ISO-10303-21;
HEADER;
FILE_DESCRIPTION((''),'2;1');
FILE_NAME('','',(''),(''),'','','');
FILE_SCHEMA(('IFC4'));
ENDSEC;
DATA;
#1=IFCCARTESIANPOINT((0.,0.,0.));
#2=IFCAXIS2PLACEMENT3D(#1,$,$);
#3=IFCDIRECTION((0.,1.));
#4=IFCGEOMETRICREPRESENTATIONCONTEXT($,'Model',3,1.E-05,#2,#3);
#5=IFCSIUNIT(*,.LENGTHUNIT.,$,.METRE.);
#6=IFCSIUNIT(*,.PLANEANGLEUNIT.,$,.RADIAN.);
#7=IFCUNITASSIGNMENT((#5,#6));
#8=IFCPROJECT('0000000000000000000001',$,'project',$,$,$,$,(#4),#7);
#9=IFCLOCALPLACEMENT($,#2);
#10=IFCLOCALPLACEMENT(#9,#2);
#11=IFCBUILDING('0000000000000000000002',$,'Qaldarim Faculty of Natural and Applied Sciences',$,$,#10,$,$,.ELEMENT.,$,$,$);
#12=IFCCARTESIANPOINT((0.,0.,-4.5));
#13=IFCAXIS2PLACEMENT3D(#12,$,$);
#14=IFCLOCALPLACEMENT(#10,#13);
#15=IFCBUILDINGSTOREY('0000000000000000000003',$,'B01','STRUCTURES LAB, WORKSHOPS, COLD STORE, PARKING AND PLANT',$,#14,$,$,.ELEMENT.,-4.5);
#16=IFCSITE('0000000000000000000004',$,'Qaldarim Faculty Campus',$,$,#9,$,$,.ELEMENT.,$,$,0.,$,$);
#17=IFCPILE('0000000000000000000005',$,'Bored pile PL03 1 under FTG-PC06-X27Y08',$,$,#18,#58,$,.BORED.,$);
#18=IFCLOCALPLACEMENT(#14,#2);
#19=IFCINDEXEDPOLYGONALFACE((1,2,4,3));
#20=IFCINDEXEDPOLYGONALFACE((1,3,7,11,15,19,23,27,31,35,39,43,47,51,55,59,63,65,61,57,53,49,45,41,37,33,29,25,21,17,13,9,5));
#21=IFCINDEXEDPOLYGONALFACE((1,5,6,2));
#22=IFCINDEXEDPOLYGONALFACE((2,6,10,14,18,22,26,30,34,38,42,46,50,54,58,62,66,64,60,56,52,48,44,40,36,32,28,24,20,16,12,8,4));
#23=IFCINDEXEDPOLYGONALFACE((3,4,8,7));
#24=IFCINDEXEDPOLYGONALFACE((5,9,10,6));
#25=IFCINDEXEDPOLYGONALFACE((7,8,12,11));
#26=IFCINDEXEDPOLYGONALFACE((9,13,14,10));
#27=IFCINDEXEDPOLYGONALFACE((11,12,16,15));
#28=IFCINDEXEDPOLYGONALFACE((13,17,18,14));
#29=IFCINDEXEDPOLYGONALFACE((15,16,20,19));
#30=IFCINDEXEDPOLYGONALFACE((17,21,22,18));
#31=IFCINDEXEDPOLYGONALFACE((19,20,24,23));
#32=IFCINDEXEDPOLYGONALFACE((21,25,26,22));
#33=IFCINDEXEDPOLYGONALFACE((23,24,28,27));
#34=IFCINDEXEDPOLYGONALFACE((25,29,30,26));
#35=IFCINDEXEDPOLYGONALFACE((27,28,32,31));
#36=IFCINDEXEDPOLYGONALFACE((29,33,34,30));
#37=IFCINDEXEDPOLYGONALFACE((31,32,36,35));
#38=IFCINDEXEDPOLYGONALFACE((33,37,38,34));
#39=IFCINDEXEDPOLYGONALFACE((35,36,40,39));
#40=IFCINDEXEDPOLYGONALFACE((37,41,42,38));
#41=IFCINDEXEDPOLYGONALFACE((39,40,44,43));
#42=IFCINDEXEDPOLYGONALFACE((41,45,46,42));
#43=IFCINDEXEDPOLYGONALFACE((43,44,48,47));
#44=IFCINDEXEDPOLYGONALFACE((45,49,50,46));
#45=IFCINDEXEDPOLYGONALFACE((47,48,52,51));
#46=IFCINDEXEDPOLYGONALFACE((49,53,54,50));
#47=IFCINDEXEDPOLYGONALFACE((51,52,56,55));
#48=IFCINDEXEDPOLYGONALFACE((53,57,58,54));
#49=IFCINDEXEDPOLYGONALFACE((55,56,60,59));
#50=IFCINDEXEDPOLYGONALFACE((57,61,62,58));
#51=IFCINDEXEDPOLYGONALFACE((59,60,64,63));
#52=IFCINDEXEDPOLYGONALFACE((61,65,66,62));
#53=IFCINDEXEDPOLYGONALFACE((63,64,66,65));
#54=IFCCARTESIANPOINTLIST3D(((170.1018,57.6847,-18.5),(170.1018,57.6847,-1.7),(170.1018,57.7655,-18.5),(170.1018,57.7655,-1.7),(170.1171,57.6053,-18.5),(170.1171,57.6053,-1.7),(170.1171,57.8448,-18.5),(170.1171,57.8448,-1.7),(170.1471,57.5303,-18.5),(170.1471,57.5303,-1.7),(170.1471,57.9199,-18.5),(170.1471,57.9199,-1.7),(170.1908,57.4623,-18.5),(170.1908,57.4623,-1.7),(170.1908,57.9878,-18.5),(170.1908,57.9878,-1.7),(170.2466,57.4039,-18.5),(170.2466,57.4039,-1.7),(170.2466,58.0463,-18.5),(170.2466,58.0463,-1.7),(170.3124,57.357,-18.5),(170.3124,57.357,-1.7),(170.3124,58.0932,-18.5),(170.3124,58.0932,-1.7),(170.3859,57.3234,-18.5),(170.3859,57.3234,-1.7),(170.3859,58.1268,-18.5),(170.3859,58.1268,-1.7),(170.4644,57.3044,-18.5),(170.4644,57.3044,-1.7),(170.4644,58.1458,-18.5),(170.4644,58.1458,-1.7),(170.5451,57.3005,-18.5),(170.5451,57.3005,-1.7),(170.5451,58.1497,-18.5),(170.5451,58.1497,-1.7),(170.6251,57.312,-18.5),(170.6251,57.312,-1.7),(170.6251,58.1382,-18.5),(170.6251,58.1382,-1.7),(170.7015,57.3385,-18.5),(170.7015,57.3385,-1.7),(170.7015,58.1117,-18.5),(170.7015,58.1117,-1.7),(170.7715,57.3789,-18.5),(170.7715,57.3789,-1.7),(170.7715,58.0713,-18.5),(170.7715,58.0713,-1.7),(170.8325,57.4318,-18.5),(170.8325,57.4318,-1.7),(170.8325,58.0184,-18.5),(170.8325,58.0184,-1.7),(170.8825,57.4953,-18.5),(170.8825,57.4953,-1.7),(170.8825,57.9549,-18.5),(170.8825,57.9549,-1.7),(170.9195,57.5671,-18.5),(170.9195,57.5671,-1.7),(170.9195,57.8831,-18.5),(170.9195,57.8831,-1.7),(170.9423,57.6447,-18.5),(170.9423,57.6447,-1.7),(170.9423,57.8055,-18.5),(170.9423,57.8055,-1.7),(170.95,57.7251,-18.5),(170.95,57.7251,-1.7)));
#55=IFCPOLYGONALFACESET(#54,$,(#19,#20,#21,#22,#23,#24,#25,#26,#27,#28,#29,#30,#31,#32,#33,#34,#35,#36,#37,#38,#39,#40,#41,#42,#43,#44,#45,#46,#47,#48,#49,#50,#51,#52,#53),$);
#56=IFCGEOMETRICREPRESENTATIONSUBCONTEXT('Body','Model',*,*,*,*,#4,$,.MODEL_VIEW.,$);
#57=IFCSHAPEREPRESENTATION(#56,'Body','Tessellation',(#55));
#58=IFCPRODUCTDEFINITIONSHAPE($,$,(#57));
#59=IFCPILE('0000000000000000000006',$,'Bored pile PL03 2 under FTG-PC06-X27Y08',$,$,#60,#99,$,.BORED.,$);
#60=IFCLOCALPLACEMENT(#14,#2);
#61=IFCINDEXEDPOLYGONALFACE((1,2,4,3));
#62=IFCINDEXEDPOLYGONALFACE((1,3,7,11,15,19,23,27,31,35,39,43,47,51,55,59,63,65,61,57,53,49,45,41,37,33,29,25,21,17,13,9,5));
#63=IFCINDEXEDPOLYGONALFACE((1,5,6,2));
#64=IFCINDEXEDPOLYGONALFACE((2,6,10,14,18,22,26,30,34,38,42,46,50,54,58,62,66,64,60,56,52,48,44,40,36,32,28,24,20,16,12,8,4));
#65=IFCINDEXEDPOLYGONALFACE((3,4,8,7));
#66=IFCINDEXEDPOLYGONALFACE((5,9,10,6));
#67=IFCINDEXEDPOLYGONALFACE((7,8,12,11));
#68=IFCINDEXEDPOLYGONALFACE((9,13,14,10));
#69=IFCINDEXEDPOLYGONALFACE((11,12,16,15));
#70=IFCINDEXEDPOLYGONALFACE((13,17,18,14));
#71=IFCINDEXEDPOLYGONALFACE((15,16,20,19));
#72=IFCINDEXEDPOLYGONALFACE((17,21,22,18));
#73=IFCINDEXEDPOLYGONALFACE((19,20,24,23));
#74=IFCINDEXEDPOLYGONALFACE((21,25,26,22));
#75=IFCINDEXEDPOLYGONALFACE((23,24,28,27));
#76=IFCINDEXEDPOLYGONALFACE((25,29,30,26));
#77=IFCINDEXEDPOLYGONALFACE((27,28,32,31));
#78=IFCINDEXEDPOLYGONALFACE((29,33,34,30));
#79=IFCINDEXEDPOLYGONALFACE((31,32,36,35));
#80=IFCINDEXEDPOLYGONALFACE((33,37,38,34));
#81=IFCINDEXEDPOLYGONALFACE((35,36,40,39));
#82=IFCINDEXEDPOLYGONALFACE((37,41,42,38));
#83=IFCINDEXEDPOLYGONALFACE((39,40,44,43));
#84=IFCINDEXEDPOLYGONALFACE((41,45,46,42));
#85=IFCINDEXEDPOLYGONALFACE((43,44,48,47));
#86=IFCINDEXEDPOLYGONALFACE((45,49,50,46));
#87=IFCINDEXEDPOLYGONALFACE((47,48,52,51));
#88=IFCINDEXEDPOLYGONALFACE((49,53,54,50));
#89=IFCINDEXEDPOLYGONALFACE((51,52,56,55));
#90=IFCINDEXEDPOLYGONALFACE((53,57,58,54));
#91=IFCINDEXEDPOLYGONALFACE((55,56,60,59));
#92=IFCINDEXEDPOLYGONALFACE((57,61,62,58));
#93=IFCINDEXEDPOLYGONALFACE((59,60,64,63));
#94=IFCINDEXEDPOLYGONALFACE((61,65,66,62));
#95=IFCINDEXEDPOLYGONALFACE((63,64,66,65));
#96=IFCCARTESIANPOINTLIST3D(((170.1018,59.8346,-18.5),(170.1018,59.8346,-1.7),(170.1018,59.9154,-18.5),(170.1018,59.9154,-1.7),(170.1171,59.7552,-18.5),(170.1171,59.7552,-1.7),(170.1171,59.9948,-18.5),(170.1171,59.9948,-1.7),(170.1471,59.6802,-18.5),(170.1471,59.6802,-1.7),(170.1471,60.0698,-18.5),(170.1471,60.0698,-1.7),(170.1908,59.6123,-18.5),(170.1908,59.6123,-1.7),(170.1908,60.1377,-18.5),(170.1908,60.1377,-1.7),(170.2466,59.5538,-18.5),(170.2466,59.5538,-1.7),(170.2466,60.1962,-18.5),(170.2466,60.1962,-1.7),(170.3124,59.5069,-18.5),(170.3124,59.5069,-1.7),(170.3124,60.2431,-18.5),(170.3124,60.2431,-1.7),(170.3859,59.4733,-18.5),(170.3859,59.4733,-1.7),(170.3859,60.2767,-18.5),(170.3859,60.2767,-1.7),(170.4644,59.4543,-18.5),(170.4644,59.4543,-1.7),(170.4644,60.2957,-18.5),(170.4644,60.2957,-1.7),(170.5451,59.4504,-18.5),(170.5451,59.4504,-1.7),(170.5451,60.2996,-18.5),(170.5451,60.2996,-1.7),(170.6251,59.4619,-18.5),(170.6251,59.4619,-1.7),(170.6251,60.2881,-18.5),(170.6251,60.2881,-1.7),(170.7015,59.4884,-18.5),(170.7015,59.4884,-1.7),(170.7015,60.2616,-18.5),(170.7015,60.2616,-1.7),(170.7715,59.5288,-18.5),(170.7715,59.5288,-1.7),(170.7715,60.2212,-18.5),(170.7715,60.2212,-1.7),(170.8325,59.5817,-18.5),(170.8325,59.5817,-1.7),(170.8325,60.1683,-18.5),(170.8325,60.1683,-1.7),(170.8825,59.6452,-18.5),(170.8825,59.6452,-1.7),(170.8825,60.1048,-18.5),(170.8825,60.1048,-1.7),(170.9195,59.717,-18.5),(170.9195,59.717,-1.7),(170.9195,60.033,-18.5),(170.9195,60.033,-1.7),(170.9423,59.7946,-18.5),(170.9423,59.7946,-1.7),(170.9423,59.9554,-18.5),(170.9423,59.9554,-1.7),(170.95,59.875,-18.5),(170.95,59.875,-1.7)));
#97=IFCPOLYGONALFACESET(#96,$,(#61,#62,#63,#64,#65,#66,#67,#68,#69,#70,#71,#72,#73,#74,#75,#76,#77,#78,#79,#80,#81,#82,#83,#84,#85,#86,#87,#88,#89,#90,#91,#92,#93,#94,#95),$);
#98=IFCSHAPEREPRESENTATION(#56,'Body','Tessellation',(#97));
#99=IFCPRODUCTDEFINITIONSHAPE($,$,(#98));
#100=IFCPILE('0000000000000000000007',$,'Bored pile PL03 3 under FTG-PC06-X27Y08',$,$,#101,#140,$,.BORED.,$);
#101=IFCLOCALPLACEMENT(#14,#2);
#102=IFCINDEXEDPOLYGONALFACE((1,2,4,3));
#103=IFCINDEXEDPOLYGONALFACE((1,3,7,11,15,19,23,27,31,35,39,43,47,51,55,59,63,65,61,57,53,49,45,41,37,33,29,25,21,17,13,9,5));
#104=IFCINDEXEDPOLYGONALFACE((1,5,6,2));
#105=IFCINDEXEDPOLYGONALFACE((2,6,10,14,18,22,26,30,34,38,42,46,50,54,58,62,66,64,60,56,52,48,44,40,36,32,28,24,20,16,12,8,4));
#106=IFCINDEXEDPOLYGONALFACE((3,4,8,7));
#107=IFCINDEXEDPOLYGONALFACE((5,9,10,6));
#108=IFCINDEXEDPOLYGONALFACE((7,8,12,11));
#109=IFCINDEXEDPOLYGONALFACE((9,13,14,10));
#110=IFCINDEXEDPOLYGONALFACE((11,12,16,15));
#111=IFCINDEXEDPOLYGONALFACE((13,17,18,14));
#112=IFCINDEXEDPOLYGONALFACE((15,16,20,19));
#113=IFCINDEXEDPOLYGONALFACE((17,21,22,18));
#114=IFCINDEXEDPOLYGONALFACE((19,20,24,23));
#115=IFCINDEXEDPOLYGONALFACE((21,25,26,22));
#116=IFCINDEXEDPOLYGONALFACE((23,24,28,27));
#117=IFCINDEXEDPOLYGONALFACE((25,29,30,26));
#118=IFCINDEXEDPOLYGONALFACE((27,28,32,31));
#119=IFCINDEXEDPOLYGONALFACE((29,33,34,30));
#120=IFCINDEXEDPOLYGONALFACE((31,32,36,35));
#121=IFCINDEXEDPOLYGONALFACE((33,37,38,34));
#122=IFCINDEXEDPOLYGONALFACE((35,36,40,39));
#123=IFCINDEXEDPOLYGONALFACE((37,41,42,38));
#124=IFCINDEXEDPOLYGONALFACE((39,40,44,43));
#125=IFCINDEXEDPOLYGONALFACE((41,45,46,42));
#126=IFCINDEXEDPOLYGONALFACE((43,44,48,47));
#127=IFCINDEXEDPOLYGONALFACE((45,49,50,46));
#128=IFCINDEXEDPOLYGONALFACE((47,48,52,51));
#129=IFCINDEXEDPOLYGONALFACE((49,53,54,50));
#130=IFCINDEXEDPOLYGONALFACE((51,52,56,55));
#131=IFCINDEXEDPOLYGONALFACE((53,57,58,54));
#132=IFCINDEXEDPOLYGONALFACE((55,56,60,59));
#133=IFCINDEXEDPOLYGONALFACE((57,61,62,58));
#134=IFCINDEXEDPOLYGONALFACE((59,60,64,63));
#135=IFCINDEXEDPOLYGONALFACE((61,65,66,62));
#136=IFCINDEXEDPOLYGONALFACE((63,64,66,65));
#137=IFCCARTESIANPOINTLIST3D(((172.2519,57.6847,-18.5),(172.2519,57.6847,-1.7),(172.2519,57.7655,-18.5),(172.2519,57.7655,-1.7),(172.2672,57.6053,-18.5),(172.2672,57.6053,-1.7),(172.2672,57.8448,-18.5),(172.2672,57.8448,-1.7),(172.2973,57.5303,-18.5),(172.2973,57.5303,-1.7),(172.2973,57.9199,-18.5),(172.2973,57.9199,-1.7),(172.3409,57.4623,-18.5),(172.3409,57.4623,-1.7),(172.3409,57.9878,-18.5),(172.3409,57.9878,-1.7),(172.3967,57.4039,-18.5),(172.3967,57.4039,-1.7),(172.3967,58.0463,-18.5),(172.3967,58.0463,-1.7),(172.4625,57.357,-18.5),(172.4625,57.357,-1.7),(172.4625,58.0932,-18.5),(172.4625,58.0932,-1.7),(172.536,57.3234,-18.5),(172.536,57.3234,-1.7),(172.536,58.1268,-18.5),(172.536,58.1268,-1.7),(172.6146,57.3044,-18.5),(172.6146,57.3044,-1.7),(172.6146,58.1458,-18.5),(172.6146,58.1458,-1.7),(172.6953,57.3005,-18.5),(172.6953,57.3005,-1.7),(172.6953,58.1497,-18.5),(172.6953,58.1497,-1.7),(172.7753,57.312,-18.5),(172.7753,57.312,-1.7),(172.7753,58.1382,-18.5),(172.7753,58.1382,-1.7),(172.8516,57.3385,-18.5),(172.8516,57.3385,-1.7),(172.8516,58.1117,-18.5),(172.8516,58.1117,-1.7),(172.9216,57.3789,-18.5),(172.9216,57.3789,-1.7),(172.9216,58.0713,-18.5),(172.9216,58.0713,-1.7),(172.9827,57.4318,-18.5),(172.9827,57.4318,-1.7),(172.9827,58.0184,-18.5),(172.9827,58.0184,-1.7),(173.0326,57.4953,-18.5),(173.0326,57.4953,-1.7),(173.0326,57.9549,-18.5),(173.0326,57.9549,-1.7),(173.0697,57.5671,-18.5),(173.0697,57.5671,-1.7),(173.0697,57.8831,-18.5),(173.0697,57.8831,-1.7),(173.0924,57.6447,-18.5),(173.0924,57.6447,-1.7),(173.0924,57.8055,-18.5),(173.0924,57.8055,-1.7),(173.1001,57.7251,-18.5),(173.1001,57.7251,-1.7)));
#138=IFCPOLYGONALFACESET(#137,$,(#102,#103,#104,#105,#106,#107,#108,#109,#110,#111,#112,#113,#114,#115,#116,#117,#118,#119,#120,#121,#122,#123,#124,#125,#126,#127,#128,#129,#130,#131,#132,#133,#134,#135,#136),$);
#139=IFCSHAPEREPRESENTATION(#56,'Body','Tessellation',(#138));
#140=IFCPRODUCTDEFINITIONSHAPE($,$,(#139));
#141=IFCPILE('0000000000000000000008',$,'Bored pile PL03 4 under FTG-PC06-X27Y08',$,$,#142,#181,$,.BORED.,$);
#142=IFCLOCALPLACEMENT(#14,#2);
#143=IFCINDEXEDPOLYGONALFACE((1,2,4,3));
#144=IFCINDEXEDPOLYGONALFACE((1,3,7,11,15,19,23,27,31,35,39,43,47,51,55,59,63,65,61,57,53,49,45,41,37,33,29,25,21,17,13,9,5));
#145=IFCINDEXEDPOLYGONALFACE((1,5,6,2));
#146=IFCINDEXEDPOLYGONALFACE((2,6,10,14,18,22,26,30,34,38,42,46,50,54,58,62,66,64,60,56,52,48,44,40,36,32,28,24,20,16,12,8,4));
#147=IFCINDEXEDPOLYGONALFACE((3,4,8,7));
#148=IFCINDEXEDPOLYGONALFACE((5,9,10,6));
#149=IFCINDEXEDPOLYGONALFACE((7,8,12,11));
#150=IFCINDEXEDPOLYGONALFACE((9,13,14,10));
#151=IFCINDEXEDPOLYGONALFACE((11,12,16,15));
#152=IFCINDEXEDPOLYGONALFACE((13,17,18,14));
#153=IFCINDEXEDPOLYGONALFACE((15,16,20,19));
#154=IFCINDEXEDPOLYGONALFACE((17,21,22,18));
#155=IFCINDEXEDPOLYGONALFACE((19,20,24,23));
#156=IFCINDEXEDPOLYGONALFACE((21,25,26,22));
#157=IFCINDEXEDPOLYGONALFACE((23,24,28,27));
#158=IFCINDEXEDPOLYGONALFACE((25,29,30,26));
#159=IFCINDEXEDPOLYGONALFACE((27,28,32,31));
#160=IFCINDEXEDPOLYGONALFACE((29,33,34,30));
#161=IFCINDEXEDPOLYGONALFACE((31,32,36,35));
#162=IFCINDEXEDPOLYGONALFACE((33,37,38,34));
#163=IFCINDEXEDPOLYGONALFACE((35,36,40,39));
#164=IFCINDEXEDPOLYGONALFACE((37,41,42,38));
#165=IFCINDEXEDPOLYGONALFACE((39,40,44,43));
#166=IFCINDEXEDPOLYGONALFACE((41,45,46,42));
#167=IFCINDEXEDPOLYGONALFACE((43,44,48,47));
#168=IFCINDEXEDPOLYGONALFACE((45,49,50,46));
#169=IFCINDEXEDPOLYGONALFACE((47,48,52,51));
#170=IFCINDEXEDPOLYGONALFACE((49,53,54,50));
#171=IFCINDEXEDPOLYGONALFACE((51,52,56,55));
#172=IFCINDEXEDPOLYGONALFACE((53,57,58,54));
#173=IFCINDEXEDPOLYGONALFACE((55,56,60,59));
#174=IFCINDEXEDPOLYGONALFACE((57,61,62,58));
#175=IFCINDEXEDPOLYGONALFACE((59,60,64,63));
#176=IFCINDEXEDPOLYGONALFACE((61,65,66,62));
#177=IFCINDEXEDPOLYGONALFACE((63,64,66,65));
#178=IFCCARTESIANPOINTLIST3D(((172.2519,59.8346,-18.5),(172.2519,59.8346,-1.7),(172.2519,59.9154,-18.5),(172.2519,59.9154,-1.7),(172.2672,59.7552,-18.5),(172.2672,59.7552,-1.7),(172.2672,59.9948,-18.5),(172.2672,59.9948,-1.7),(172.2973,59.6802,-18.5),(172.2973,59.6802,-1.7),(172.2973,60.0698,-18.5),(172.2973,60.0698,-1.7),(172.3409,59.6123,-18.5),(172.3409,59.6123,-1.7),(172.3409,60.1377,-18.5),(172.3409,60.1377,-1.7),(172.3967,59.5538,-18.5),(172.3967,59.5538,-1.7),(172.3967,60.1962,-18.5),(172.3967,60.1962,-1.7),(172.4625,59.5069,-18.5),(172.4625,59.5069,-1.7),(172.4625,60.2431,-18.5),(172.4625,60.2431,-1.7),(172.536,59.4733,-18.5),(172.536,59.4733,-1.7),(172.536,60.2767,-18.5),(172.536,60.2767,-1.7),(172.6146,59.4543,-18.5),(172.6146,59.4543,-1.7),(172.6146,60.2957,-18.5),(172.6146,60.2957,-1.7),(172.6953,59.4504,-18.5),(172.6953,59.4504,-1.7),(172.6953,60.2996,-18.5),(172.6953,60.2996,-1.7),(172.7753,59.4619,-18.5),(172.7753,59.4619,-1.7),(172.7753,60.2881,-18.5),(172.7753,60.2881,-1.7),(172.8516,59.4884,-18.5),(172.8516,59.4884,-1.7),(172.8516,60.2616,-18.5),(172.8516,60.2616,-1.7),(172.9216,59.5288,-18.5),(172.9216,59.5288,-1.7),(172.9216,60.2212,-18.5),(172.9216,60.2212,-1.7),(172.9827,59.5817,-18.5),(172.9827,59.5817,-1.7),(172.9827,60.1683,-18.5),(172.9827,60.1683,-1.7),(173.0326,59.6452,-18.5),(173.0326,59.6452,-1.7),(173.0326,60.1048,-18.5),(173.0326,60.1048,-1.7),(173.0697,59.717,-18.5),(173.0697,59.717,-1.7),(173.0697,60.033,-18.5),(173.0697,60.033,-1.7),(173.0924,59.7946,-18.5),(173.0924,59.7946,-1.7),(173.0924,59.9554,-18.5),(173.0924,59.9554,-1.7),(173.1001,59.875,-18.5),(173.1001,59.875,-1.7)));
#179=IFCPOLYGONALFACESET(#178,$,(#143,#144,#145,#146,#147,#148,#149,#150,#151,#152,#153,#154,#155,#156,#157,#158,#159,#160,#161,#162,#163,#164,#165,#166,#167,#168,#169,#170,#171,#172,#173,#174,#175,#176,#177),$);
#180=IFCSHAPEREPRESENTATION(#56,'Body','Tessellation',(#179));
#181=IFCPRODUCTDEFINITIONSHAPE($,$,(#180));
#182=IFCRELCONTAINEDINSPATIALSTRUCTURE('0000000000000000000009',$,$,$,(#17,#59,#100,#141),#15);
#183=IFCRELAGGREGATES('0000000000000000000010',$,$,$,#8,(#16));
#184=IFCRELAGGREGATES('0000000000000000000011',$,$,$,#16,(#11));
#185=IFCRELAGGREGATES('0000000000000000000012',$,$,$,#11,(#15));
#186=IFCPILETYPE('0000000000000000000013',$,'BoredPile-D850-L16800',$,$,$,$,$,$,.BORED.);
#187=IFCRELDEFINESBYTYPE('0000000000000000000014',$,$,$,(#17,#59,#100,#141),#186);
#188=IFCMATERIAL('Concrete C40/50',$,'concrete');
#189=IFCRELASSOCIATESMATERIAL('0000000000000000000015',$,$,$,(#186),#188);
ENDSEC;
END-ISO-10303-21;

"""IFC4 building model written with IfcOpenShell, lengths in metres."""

from ifc_helpers import new_model, si_unit, direction, frame, origin, origin_2d, place, context, subcontext, project, spatial, circle, extrude, material, material_profile, profile_set, type_object, element, save


model = new_model("IFC4")

# Units and contexts
model_context = context("Model", 3, precision=1e-05, world=origin(), true_north=direction((0.0, 1.0)))
body_context = subcontext(model_context, "Body", "Model", "MODEL_VIEW")
ifc_project = project(units=[si_unit("LENGTHUNIT", "METRE"), si_unit("PLANEANGLEUNIT", "RADIAN")], contexts=[model_context])

# Site, building, storey
site_placement = place(None, origin())
site = spatial("IfcSite", under=ifc_project, at=site_placement, Name="Qaldarim Faculty Campus", CompositionType="ELEMENT", RefElevation=0.0)
building_placement = place(site_placement, origin())
building = spatial("IfcBuilding", under=site, at=building_placement, Name="Qaldarim Faculty of Natural and Applied Sciences", CompositionType="ELEMENT")
storey_placement = place(building_placement, frame((0.0, 0.0, -4.5)))
storey = spatial("IfcBuildingStorey", under=building, at=storey_placement, Name="B01", Description="STRUCTURES LAB, WORKSHOPS, COLD STORE, PARKING AND PLANT", CompositionType="ELEMENT", Elevation=-4.5)

# Piles
ifc_material_1 = material(Name="Concrete C40/50", Category="concrete")
ifc_material_profile_1 = material_profile(ifc_material_1, circle(Radius=0.425, at=origin_2d()), Name="PILE-D850")
ifc_profile_set_1 = profile_set([ifc_material_profile_1], Name="Concrete C40/50")
pile_type_1 = type_object("IfcPileType", Name="BoredPile-D850-L16800", PredefinedType="BORED", material=ifc_profile_set_1)
for number, where, z_axis, x_axis, name in (
    (1, (170.5249, 57.7251, -1.7), (0.0, 0.0, -1.0), (1.0, 0.0, 0.0), "Bored pile PL03 1 under FTG-PC06-X27Y08"),
    (2, (170.5249, 59.875, -1.7), (0.0, 0.0, -1.0), (1.0, 0.0, 0.0), "Bored pile PL03 2 under FTG-PC06-X27Y08"),
    (3, (172.675, 57.7251, -1.7), (0.0, 0.0, -1.0), (1.0, 0.0, 0.0), "Bored pile PL03 3 under FTG-PC06-X27Y08"),
    (4, (172.675, 59.875, -1.7), (0.0, 0.0, -1.0), (1.0, 0.0, 0.0), "Bored pile PL03 4 under FTG-PC06-X27Y08"),
):
    element("IfcPile", number, at=place(storey_placement, frame(where, z_axis=z_axis, x_axis=x_axis)), inside=storey, type_object=pile_type_1, Name=name, PredefinedType="BORED", context=body_context, shape_type="SweptSolid", body=[
        extrude(circle(Radius=0.425, at=origin_2d()), origin(), (0.0, 0.0, 1.0), 16.8),
    ])

save(model, "model.ifc")
